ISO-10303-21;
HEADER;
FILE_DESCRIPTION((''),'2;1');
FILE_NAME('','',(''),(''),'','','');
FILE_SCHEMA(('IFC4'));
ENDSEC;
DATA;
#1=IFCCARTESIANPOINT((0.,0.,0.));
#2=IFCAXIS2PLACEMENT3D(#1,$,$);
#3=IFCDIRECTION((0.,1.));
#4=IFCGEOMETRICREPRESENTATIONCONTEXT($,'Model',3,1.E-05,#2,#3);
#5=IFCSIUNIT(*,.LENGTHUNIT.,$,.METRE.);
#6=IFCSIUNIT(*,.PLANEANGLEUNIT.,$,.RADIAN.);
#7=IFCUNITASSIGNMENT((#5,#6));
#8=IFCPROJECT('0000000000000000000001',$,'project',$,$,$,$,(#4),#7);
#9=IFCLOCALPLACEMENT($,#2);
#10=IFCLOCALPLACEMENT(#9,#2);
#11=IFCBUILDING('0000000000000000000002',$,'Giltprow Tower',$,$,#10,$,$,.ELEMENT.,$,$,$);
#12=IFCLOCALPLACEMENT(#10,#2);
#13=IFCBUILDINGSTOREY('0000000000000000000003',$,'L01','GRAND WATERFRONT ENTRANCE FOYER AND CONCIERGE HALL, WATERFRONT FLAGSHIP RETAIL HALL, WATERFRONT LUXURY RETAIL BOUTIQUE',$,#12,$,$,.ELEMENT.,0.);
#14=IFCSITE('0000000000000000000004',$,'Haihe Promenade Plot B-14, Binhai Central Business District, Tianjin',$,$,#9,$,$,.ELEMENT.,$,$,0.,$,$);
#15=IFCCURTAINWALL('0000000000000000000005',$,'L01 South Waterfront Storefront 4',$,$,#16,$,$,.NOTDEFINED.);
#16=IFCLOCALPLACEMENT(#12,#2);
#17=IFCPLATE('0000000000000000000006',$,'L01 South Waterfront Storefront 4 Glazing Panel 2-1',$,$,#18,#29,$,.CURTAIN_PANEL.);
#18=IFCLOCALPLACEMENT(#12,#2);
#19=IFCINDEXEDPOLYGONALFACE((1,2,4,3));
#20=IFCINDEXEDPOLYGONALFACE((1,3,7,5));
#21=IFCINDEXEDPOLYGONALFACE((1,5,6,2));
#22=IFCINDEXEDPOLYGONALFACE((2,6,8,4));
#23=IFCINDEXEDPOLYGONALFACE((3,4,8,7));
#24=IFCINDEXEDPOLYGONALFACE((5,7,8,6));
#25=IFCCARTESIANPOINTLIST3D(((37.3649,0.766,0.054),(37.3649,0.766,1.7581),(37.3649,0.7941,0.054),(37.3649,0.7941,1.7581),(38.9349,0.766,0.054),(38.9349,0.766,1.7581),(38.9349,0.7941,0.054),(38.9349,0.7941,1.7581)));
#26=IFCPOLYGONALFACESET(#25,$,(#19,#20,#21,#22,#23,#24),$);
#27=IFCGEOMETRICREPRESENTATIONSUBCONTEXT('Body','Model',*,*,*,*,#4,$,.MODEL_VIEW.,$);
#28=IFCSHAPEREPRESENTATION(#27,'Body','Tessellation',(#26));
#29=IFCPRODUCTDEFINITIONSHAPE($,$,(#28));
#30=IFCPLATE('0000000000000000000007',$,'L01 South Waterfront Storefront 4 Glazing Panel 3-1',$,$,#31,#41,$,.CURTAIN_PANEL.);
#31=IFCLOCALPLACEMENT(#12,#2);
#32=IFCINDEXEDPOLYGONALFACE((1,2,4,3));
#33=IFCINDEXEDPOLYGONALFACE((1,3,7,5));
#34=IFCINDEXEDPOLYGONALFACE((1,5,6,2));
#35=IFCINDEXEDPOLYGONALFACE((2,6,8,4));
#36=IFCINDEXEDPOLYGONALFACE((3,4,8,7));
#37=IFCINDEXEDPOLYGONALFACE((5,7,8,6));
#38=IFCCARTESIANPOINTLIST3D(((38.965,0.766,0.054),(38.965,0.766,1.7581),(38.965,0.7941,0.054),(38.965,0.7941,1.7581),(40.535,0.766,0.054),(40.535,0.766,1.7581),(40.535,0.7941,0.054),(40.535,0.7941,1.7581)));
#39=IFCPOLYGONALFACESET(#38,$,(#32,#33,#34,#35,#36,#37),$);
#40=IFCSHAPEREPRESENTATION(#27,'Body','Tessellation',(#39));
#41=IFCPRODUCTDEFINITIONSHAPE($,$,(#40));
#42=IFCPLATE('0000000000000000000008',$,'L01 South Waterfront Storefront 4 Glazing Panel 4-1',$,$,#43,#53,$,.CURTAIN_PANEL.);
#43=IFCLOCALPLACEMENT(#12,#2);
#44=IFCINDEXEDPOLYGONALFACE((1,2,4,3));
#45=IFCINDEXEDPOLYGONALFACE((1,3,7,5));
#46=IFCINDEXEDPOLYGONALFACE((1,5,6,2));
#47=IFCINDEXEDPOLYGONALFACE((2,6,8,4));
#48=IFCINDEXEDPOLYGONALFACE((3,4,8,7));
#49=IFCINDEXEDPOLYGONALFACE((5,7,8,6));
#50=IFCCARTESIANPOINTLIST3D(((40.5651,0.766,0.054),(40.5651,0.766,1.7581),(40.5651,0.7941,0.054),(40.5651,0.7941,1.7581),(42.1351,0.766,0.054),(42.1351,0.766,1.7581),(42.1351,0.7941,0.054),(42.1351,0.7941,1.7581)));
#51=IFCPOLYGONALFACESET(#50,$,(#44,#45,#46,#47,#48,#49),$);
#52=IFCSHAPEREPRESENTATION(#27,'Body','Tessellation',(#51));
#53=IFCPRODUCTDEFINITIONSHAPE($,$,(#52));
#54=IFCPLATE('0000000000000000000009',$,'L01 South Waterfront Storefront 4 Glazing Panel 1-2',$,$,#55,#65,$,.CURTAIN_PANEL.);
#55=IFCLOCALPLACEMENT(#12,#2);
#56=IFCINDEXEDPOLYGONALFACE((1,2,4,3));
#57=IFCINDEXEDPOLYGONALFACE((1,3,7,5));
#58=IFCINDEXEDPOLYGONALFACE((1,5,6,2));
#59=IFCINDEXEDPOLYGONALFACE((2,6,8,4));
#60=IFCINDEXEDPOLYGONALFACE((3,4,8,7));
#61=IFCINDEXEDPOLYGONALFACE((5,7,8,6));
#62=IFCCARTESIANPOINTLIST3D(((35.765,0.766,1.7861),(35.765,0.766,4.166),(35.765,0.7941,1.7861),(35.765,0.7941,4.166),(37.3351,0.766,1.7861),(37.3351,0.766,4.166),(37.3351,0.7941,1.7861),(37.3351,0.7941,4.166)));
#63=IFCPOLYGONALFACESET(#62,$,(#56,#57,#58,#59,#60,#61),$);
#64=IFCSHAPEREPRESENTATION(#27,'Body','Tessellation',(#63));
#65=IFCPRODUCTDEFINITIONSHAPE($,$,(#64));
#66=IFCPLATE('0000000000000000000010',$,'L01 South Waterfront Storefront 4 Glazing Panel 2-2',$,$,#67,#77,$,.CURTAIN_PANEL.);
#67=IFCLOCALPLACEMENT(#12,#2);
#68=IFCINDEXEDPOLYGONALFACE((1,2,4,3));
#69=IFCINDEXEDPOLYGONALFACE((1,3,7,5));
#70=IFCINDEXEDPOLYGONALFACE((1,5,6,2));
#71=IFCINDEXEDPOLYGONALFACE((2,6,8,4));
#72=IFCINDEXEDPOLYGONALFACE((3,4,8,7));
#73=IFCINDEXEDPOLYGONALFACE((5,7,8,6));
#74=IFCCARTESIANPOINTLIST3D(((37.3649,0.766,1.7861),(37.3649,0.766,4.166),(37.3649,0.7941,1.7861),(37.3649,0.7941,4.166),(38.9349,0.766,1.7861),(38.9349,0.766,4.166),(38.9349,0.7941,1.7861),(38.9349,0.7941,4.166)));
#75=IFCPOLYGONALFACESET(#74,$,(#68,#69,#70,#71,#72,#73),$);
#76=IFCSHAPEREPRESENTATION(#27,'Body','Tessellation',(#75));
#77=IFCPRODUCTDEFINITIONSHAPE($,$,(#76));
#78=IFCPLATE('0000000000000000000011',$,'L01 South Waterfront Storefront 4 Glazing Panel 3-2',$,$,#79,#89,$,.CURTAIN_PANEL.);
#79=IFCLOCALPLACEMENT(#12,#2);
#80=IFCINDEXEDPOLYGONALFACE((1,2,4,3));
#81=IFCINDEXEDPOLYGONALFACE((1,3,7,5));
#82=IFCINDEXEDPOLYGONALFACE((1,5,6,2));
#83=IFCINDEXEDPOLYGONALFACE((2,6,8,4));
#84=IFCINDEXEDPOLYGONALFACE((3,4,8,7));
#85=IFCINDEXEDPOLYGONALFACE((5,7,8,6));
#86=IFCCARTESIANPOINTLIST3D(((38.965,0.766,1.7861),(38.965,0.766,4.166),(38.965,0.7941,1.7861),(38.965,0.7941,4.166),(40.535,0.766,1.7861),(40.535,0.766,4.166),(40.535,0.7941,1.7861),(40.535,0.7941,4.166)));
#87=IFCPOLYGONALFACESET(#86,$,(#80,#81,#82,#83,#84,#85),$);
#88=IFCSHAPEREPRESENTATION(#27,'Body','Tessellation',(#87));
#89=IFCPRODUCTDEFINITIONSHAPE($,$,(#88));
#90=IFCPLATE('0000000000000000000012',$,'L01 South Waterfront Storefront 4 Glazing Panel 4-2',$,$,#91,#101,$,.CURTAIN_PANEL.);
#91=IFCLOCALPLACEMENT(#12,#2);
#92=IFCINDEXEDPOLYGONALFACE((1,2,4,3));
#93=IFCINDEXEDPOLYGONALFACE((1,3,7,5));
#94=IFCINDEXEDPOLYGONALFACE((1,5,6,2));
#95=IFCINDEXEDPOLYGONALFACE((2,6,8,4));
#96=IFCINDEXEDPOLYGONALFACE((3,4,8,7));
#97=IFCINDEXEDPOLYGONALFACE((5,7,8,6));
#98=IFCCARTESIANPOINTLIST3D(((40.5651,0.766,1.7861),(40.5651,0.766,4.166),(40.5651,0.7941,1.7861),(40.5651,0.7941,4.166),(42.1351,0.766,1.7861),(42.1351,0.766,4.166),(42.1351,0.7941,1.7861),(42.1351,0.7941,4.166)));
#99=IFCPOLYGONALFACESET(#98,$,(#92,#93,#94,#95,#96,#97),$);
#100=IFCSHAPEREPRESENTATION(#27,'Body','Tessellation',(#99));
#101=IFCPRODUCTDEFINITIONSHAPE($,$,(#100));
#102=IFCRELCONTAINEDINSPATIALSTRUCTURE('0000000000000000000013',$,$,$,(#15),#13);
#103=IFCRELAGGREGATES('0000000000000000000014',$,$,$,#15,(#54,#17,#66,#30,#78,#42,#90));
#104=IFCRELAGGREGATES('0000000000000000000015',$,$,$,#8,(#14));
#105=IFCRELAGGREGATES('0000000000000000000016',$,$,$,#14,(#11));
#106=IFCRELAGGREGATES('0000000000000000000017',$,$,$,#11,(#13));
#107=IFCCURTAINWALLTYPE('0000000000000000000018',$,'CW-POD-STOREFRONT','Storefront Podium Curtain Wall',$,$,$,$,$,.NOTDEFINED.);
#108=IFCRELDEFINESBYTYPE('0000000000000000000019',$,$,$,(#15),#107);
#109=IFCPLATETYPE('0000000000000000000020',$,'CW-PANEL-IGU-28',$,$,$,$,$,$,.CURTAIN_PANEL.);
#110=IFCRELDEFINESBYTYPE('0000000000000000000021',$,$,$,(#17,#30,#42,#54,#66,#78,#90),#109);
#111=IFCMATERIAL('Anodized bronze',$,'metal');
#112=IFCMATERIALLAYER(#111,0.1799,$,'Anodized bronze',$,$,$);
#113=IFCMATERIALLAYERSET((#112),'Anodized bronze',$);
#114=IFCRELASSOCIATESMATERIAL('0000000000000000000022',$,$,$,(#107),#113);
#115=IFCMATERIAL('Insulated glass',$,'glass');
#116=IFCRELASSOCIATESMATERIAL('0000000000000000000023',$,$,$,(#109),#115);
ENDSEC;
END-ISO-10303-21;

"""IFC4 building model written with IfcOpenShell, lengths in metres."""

from ifc_helpers import new_model, si_unit, direction, frame, origin, origin_2d, place, context, subcontext, project, spatial, rectangle, extrude, source, transform, mapped, material, layer, layer_set, type_object, element, aggregate, save


model = new_model("IFC4")

# Units and contexts
model_context = context("Model", 3, precision=1e-05, world=origin(), true_north=direction((0.0, 1.0)))
body_context = subcontext(model_context, "Body", "Model", "MODEL_VIEW")
ifc_project = project(units=[si_unit("LENGTHUNIT", "METRE"), si_unit("PLANEANGLEUNIT", "RADIAN")], contexts=[model_context])

# Site, building, storey
site_placement = place(None, origin())
site = spatial("IfcSite", under=ifc_project, at=site_placement, Name="Haihe Promenade Plot B-14, Binhai Central Business District, Tianjin", CompositionType="ELEMENT", RefElevation=0.0)
building_placement = place(site_placement, origin())
building = spatial("IfcBuilding", under=site, at=building_placement, Name="Giltprow Tower", CompositionType="ELEMENT")
storey_placement = place(building_placement, origin())
storey = spatial("IfcBuildingStorey", under=building, at=storey_placement, Name="L01", Description="GRAND WATERFRONT ENTRANCE FOYER AND CONCIERGE HALL, WATERFRONT FLAGSHIP RETAIL HALL, WATERFRONT LUXURY RETAIL BOUTIQUE", CompositionType="ELEMENT", Elevation=0.0)

# Curtain wall
ifc_material_1 = material(Name="Anodized bronze", Category="metal")
ifc_layer = layer(ifc_material_1, 0.1799, Name="Anodized bronze")
ifc_layer_set = layer_set([ifc_layer], Name="Anodized bronze")
curtain_wall_type = type_object("IfcCurtainWallType", Name="CW-POD-STOREFRONT", Description="Storefront Podium Curtain Wall", PredefinedType="NOTDEFINED", material=ifc_layer_set)
curtain_wall_1_placement = place(storey_placement, origin())
curtain_wall_1 = element("IfcCurtainWall", 1, at=curtain_wall_1_placement, inside=storey, type_object=curtain_wall_type, Name="L01 South Waterfront Storefront 4", PredefinedType="NOTDEFINED")

# Plates
ifc_material_2 = material(Name="Insulated glass", Category="glass")
plate_type = type_object("IfcPlateType", Name="CW-PANEL-IGU-28", PredefinedType="CURTAIN_PANEL", material=ifc_material_2)
shared_shape_1 = source(origin(), body_context, "Body", "SweptSolid", [
    extrude(rectangle(XDim=1.5701, YDim=0.0281, at=origin_2d()), origin(), (0.0, 0.0, 1.0), 1.7041),
])
plate_1_placement = place(storey_placement, frame((38.1499, 0.78, 0.054), z_axis=(0.0, 0.0, 1.0), x_axis=(1.0, 0.0, 0.0)))
plate_1 = element("IfcPlate", 2, at=plate_1_placement, type_object=plate_type, Name="L01 South Waterfront Storefront 4 Glazing Panel 2-1", PredefinedType="CURTAIN_PANEL", context=body_context, shape_type="MappedRepresentation", body=[
    mapped(shared_shape_1, transform((0.0, 0.0, 0.0), x_axis=(1.0, 0.0, 0.0), y_axis=(0.0, 1.0, 0.0), z_axis=(0.0, 0.0, 1.0), scale=1.0)),
])
plate_2_placement = place(storey_placement, frame((39.75, 0.78, 0.054), z_axis=(0.0, 0.0, 1.0), x_axis=(1.0, 0.0, 0.0)))
plate_2 = element("IfcPlate", 3, at=plate_2_placement, type_object=plate_type, Name="L01 South Waterfront Storefront 4 Glazing Panel 3-1", PredefinedType="CURTAIN_PANEL", context=body_context, shape_type="MappedRepresentation", body=[
    mapped(shared_shape_1, transform((0.0, 0.0, 0.0), x_axis=(1.0, 0.0, 0.0), y_axis=(0.0, 1.0, 0.0), z_axis=(0.0, 0.0, 1.0), scale=1.0)),
])
plate_3_placement = place(storey_placement, frame((41.3501, 0.78, 0.054), z_axis=(0.0, 0.0, 1.0), x_axis=(1.0, 0.0, 0.0)))
plate_3 = element("IfcPlate", 4, at=plate_3_placement, type_object=plate_type, Name="L01 South Waterfront Storefront 4 Glazing Panel 4-1", PredefinedType="CURTAIN_PANEL", context=body_context, shape_type="MappedRepresentation", body=[
    mapped(shared_shape_1, transform((0.0, 0.0, 0.0), x_axis=(1.0, 0.0, 0.0), y_axis=(0.0, 1.0, 0.0), z_axis=(0.0, 0.0, 1.0), scale=1.0)),
])
shared_shape_2 = source(origin(), body_context, "Body", "SweptSolid", [
    extrude(rectangle(XDim=1.5701, YDim=0.0281, at=origin_2d()), origin(), (0.0, 0.0, 1.0), 2.3799),
])
plate_4_placement = place(storey_placement, frame((36.55, 0.78, 1.7861), z_axis=(0.0, 0.0, 1.0), x_axis=(1.0, 0.0, 0.0)))
plate_4 = element("IfcPlate", 5, at=plate_4_placement, type_object=plate_type, Name="L01 South Waterfront Storefront 4 Glazing Panel 1-2", PredefinedType="CURTAIN_PANEL", context=body_context, shape_type="MappedRepresentation", body=[
    mapped(shared_shape_2, transform((0.0, 0.0, 0.0), x_axis=(1.0, 0.0, 0.0), y_axis=(0.0, 1.0, 0.0), z_axis=(0.0, 0.0, 1.0), scale=1.0)),
])
plate_5_placement = place(storey_placement, frame((38.1499, 0.78, 1.7861), z_axis=(0.0, 0.0, 1.0), x_axis=(1.0, 0.0, 0.0)))
plate_5 = element("IfcPlate", 6, at=plate_5_placement, type_object=plate_type, Name="L01 South Waterfront Storefront 4 Glazing Panel 2-2", PredefinedType="CURTAIN_PANEL", context=body_context, shape_type="MappedRepresentation", body=[
    mapped(shared_shape_2, transform((0.0, 0.0, 0.0), x_axis=(1.0, 0.0, 0.0), y_axis=(0.0, 1.0, 0.0), z_axis=(0.0, 0.0, 1.0), scale=1.0)),
])
plate_6_placement = place(storey_placement, frame((39.75, 0.78, 1.7861), z_axis=(0.0, 0.0, 1.0), x_axis=(1.0, 0.0, 0.0)))
plate_6 = element("IfcPlate", 7, at=plate_6_placement, type_object=plate_type, Name="L01 South Waterfront Storefront 4 Glazing Panel 3-2", PredefinedType="CURTAIN_PANEL", context=body_context, shape_type="MappedRepresentation", body=[
    mapped(shared_shape_2, transform((0.0, 0.0, 0.0), x_axis=(1.0, 0.0, 0.0), y_axis=(0.0, 1.0, 0.0), z_axis=(0.0, 0.0, 1.0), scale=1.0)),
])
plate_7_placement = place(storey_placement, frame((41.3501, 0.78, 1.7861), z_axis=(0.0, 0.0, 1.0), x_axis=(1.0, 0.0, 0.0)))
plate_7 = element("IfcPlate", 8, at=plate_7_placement, type_object=plate_type, Name="L01 South Waterfront Storefront 4 Glazing Panel 4-2", PredefinedType="CURTAIN_PANEL", context=body_context, shape_type="MappedRepresentation", body=[
    mapped(shared_shape_2, transform((0.0, 0.0, 0.0), x_axis=(1.0, 0.0, 0.0), y_axis=(0.0, 1.0, 0.0), z_axis=(0.0, 0.0, 1.0), scale=1.0)),
])
aggregate(curtain_wall_1, [plate_4, plate_1, plate_5, plate_2, plate_6, plate_3, plate_7])

save(model, "model.ifc")
